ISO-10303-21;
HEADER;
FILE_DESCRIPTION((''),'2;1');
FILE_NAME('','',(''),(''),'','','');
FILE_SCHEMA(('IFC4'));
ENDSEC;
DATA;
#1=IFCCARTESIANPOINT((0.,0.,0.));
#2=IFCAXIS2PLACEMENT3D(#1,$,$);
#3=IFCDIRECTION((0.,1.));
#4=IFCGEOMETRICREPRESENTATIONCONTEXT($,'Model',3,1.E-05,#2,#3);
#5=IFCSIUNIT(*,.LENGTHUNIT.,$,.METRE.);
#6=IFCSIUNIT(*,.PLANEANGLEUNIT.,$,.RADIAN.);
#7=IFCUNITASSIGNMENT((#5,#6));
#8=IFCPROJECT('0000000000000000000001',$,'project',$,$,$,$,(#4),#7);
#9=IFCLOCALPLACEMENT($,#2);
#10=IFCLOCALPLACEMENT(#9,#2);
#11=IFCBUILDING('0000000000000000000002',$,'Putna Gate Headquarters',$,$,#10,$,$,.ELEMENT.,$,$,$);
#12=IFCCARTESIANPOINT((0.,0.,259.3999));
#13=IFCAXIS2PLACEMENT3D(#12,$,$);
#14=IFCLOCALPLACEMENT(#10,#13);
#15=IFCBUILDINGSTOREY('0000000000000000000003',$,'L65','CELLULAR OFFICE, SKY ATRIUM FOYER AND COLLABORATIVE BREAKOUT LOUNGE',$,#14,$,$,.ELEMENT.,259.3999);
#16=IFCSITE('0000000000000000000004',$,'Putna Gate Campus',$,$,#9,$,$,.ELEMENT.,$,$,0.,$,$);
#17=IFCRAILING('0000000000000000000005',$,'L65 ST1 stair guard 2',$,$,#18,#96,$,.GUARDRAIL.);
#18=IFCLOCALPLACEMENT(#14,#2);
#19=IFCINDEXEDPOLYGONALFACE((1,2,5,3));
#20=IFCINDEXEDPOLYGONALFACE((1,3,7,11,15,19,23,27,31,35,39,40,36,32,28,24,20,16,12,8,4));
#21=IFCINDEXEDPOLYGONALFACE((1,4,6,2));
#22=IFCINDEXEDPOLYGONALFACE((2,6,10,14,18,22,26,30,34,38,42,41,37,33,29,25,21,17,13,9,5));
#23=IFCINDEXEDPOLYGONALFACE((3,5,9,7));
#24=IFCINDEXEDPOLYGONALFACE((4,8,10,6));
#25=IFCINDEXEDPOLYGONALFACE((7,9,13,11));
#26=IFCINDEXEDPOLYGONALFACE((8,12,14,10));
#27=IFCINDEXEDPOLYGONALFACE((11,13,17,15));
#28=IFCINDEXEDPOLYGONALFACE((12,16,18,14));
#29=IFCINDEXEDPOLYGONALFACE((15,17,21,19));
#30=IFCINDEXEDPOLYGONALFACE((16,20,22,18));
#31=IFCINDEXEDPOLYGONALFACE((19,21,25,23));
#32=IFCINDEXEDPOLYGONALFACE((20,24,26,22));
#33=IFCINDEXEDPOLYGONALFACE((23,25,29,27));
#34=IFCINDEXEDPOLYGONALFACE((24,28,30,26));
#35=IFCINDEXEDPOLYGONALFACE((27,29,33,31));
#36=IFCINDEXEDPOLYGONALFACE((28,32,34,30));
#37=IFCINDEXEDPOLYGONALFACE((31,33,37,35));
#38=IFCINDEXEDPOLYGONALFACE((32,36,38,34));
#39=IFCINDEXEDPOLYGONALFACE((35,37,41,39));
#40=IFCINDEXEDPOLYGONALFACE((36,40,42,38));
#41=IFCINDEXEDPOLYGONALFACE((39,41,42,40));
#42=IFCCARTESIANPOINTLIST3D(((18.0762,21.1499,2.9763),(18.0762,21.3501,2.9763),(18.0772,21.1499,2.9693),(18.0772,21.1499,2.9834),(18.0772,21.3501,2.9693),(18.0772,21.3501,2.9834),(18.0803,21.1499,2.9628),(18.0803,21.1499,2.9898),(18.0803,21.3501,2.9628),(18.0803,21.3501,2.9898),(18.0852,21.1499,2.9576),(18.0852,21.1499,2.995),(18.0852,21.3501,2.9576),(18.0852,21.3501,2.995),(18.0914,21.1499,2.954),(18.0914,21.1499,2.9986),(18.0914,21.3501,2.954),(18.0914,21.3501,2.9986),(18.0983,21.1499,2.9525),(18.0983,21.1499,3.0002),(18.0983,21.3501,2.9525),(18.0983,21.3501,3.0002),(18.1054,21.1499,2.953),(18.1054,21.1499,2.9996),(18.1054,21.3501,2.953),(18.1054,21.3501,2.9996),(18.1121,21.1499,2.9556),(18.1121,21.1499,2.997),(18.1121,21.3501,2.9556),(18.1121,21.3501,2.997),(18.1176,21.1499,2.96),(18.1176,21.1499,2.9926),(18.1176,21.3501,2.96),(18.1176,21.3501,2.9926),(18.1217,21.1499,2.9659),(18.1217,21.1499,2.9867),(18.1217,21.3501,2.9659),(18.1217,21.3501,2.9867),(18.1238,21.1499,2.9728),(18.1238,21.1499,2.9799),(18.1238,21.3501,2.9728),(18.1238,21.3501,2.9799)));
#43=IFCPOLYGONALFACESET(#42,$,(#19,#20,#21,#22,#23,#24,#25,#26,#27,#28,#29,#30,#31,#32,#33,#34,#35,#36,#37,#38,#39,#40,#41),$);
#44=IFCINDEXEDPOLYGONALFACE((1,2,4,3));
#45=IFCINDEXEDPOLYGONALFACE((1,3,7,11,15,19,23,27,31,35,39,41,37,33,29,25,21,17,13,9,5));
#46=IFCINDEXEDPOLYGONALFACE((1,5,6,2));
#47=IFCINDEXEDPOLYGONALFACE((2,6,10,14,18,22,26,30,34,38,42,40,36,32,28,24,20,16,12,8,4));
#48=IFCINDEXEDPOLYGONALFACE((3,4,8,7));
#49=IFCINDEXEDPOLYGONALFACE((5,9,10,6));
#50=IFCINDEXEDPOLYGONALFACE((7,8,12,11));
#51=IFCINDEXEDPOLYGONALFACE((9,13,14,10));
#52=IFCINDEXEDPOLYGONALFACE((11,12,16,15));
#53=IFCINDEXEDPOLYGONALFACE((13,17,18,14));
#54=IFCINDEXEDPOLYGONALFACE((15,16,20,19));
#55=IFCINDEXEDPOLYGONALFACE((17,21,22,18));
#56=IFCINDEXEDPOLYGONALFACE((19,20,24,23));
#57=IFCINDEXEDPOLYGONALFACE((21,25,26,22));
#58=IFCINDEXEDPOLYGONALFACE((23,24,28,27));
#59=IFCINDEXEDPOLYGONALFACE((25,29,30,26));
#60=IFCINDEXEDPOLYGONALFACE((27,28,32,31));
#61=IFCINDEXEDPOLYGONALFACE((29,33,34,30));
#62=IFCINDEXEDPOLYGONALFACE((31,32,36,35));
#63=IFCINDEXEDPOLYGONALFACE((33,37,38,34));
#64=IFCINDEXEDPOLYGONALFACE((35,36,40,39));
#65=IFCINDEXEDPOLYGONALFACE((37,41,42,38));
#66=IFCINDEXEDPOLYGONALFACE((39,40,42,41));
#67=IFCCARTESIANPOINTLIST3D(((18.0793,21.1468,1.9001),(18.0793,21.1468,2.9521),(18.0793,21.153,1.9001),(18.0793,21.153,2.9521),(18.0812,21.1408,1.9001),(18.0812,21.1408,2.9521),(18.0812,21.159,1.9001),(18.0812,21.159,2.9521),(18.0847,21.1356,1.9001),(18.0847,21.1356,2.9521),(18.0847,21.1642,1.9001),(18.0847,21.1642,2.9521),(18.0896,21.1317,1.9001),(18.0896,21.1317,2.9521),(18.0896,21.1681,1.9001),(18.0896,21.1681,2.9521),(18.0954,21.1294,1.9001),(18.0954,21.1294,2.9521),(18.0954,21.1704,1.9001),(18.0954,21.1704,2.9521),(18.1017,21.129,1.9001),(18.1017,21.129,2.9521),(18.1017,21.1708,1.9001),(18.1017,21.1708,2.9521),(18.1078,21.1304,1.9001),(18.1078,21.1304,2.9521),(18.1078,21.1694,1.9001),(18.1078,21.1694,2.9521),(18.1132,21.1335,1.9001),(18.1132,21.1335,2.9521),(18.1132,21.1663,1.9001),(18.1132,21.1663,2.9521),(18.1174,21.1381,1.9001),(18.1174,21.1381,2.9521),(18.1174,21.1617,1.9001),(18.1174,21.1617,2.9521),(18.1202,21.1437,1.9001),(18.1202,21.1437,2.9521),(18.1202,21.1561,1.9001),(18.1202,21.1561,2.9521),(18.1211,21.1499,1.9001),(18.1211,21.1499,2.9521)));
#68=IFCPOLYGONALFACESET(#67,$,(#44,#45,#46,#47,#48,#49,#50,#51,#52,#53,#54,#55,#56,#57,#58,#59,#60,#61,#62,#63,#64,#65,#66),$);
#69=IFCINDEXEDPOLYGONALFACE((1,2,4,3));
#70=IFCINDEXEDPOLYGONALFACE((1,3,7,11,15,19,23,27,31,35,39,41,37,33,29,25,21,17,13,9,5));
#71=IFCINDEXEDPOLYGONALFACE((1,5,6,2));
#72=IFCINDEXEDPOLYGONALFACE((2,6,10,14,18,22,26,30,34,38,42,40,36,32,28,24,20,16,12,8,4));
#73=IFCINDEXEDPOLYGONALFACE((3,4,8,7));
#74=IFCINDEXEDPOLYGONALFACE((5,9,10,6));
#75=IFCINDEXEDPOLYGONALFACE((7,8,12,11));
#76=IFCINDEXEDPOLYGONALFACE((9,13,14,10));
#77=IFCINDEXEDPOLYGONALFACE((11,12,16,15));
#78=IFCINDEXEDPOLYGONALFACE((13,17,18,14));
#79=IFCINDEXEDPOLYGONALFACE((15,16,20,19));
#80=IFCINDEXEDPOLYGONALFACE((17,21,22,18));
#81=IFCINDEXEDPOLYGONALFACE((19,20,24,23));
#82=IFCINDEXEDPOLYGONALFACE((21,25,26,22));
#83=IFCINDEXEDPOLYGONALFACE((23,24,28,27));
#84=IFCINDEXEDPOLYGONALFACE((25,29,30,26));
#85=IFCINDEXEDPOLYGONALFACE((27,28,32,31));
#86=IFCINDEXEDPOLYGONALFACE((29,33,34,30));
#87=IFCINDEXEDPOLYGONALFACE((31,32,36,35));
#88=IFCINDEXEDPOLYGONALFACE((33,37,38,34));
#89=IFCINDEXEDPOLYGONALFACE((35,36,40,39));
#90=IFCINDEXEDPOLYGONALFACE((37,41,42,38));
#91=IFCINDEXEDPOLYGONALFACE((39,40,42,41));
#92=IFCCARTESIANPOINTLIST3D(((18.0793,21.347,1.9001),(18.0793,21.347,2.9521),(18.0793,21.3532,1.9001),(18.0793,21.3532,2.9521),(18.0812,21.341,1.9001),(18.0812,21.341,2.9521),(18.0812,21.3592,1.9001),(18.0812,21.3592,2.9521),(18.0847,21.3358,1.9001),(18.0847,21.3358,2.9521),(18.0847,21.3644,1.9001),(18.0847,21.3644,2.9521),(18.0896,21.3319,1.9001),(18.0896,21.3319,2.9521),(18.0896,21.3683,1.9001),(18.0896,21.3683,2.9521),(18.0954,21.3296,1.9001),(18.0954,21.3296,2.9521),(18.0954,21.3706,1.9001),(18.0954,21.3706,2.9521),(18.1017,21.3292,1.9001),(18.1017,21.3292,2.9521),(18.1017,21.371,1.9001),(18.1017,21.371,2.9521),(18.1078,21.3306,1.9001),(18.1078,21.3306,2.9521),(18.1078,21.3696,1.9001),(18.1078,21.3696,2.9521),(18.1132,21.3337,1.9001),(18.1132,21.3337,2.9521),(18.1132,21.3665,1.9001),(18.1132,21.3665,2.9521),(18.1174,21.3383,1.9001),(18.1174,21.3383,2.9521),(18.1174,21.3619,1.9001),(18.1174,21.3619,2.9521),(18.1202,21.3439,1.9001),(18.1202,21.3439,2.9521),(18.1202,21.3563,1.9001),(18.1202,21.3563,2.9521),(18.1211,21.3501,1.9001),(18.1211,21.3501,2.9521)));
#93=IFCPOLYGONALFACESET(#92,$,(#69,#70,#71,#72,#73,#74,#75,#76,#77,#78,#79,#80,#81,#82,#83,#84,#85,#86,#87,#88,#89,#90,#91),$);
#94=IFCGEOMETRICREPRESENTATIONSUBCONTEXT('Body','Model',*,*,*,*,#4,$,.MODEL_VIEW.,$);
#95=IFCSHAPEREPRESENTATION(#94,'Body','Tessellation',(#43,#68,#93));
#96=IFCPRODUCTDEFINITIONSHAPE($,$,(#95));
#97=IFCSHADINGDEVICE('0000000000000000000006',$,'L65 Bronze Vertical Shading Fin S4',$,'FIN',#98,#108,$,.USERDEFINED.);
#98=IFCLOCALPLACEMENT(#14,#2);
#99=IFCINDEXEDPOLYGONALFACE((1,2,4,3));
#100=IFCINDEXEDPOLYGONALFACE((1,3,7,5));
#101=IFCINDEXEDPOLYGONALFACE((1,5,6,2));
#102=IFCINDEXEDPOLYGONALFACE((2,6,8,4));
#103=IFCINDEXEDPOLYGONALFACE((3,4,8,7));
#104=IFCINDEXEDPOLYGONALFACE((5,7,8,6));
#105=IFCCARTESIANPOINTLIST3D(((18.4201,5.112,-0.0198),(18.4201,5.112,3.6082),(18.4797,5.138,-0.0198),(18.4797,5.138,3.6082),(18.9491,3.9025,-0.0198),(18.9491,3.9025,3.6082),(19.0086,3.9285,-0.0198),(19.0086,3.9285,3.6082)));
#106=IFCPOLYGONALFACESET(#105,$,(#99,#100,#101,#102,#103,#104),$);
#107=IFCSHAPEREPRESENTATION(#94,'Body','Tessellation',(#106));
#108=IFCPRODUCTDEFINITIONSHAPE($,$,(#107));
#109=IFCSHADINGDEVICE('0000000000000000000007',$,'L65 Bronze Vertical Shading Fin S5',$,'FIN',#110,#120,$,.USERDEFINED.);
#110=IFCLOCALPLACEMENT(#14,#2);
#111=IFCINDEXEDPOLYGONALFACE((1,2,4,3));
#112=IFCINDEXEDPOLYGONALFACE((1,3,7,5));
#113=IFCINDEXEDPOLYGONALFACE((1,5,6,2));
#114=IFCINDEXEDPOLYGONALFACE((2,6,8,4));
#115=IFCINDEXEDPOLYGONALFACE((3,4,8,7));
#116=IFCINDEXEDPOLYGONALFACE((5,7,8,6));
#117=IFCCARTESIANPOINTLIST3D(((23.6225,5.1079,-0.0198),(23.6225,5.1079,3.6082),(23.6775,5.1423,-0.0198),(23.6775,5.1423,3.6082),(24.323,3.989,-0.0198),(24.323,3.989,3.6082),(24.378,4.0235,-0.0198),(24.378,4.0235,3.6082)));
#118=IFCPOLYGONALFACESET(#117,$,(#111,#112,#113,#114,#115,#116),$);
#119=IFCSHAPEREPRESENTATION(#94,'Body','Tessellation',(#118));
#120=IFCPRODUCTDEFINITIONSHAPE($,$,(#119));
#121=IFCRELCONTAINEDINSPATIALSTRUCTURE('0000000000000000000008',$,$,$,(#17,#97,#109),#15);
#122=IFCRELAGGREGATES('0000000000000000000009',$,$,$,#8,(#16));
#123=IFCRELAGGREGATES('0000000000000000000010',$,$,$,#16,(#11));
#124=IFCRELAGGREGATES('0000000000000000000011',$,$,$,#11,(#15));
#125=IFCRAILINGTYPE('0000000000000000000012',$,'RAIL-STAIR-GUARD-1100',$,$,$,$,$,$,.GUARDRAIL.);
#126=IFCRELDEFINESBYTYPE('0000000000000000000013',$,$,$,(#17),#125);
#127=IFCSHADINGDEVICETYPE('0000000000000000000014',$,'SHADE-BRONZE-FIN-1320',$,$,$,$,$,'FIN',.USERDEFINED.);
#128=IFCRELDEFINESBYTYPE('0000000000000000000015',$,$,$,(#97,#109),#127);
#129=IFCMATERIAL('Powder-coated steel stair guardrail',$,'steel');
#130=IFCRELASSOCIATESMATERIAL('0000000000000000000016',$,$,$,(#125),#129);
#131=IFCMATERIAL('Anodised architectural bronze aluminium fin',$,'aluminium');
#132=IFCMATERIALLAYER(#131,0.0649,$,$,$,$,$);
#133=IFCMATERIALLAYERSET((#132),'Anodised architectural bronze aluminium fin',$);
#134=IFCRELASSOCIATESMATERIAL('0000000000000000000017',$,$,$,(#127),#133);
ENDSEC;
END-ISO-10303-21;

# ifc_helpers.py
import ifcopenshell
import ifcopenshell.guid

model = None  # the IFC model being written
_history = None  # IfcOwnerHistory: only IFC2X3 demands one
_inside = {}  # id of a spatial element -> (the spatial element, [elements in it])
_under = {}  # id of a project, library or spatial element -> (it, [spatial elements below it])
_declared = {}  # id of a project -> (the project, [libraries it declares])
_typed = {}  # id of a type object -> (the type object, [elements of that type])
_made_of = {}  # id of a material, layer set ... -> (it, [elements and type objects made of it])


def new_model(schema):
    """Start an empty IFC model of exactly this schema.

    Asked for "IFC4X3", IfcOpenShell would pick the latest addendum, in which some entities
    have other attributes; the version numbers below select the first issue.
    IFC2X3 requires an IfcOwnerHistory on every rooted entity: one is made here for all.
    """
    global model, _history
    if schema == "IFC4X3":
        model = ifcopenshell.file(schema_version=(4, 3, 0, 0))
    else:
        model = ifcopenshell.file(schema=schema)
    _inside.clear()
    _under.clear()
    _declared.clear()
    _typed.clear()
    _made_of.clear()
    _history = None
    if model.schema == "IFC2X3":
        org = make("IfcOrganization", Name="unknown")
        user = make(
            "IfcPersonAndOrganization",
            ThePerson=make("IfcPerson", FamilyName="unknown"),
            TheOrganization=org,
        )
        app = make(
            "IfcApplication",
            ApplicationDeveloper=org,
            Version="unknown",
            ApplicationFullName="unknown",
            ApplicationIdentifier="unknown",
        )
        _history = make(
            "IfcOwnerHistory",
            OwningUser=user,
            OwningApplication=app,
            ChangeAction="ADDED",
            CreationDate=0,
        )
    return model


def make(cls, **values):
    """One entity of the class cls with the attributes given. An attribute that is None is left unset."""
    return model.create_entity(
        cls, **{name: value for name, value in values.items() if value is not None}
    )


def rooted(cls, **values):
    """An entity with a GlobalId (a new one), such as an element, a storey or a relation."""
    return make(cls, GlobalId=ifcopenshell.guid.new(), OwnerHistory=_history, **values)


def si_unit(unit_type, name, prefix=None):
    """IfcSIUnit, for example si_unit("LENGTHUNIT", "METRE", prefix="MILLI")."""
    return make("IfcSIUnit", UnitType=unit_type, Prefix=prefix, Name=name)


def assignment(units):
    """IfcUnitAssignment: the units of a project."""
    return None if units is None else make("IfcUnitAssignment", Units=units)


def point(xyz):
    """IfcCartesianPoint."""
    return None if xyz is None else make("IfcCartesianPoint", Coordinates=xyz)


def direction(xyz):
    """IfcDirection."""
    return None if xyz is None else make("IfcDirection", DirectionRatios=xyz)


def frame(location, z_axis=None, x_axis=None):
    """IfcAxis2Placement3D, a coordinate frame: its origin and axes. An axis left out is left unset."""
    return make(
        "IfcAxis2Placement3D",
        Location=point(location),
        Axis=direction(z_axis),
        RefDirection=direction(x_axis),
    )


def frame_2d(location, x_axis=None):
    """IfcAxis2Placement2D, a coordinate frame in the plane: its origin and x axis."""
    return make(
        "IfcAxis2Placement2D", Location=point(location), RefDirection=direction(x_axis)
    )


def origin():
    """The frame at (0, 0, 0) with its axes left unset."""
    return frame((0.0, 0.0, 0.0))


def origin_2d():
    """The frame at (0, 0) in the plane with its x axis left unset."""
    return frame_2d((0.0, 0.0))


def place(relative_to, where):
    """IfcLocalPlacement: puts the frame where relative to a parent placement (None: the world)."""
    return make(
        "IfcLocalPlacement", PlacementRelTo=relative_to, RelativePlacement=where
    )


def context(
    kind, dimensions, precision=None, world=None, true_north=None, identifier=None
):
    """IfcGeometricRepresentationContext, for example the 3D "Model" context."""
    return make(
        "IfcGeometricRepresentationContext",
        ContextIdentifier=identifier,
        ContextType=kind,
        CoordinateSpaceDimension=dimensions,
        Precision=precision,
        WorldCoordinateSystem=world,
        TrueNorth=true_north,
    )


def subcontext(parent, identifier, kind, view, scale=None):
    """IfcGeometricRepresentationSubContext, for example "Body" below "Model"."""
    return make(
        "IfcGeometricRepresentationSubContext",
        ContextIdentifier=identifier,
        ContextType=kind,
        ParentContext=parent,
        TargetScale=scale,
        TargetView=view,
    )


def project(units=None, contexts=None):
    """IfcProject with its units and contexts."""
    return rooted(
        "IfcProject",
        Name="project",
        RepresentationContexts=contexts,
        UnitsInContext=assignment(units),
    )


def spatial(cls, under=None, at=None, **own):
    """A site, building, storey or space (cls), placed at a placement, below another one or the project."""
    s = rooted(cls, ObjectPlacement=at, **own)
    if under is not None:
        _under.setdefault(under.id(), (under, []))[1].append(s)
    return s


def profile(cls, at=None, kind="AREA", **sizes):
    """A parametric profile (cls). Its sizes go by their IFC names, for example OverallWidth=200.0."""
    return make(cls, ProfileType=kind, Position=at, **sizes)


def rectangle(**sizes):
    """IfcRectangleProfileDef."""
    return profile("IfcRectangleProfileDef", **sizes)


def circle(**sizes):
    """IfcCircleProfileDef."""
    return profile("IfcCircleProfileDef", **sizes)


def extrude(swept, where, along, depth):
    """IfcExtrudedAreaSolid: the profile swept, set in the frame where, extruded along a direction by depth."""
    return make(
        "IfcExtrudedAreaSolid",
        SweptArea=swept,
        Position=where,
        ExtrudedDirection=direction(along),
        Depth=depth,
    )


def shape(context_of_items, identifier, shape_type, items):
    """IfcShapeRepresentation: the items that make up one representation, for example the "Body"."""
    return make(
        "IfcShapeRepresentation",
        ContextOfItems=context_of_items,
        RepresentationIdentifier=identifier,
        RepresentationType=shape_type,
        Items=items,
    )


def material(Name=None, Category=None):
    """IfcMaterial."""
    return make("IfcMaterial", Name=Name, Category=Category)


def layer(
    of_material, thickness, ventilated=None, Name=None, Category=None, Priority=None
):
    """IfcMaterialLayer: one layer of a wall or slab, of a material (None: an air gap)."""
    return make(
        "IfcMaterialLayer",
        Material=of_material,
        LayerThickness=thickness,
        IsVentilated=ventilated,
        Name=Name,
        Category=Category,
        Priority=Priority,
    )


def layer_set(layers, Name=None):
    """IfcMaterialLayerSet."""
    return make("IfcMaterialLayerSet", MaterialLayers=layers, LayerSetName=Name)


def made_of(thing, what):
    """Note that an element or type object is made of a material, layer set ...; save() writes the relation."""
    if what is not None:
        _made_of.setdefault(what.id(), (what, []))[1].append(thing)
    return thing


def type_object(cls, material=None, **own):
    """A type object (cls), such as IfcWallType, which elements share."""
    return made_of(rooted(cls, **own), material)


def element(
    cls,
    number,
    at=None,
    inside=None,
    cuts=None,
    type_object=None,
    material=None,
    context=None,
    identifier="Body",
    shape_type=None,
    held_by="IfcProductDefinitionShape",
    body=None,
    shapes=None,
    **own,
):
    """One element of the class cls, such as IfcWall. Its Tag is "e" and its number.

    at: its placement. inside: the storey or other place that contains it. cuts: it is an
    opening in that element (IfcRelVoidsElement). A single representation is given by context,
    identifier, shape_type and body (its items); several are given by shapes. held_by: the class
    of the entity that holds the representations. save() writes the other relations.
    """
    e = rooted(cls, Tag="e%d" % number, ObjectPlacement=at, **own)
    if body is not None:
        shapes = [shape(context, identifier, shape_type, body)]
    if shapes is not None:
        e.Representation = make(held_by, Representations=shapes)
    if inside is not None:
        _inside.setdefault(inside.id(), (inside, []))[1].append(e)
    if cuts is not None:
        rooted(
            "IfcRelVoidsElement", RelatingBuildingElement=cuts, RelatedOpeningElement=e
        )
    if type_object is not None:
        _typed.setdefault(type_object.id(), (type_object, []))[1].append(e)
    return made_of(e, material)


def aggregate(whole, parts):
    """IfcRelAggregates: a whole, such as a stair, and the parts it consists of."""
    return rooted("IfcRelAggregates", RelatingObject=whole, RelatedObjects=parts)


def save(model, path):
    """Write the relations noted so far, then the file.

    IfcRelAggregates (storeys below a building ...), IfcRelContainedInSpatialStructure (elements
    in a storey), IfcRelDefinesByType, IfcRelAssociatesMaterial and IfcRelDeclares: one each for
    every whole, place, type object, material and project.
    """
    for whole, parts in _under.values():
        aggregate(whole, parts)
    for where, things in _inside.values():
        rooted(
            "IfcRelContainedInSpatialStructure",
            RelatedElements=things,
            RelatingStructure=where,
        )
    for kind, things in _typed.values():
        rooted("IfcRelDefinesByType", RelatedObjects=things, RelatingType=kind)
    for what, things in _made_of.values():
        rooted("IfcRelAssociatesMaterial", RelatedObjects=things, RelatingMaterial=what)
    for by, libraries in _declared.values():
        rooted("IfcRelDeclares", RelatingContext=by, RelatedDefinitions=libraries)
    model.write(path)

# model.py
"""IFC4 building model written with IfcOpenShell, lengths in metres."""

from ifc_helpers import new_model, si_unit, direction, frame, origin, origin_2d, place, context, subcontext, project, spatial, rectangle, circle, extrude, material, layer, layer_set, type_object, element, save


model = new_model("IFC4")

# Units and contexts
model_context = context("Model", 3, precision=1e-05, world=origin(), true_north=direction((0.0, 1.0)))
body_context = subcontext(model_context, "Body", "Model", "MODEL_VIEW")
ifc_project = project(units=[si_unit("LENGTHUNIT", "METRE"), si_unit("PLANEANGLEUNIT", "RADIAN")], contexts=[model_context])

# Site, building, storey
site_placement = place(None, origin())
site = spatial("IfcSite", under=ifc_project, at=site_placement, Name="Putna Gate Campus", CompositionType="ELEMENT", RefElevation=0.0)
building_placement = place(site_placement, origin())
building = spatial("IfcBuilding", under=site, at=building_placement, Name="Putna Gate Headquarters", CompositionType="ELEMENT")
storey_placement = place(building_placement, frame((0.0, 0.0, 259.3999)))
storey = spatial("IfcBuildingStorey", under=building, at=storey_placement, Name="L65", Description="CELLULAR OFFICE, SKY ATRIUM FOYER AND COLLABORATIVE BREAKOUT LOUNGE", CompositionType="ELEMENT", Elevation=259.3999)

# Railing
ifc_material_1 = material(Name="Powder-coated steel stair guardrail", Category="steel")
railing_type = type_object("IfcRailingType", Name="RAIL-STAIR-GUARD-1100", PredefinedType="GUARDRAIL", material=ifc_material_1)
railing_placement = place(storey_placement, frame((18.1001, 21.1499, 1.9001)))
element("IfcRailing", 1, at=railing_placement, inside=storey, type_object=railing_type, Name="L65 ST1 stair guard 2", PredefinedType="GUARDRAIL", context=body_context, shape_type="SweptSolid", body=[
    extrude(circle(Radius=0.0239, at=origin_2d()), frame((0.0, 0.0, 1.0762), z_axis=(0.0, 1.0, 0.0), x_axis=(-1.0, 0.0, 0.0)), (0.0, 0.0, 1.0), 0.2002),
    extrude(circle(Radius=0.021, at=origin_2d()), origin(), (0.0, 0.0, 1.0), 1.052),
    extrude(circle(Radius=0.021, at=origin_2d()), frame((0.0, 0.2002, 0.0)), (0.0, 0.0, 1.0), 1.052),
])

# Shading devices
ifc_material_2 = material(Name="Anodised architectural bronze aluminium fin", Category="aluminium")
ifc_layer_1 = layer(ifc_material_2, 0.0649)
ifc_layer_set_1 = layer_set([ifc_layer_1], Name="Anodised architectural bronze aluminium fin")
shading_device_type = type_object("IfcShadingDeviceType", Name="SHADE-BRONZE-FIN-1320", ElementType="FIN", PredefinedType="USERDEFINED", material=ifc_layer_set_1)
for number, where, z_axis, x_axis, name in (
    (2, (18.7144, 4.5203, -0.0198), (0.0, 0.0, 1.0), (0.400669, -0.916223, 0.0), "L65 Bronze Vertical Shading Fin S4"),
    (3, (24.0002, 4.5657, -0.0198), (0.0, 0.0, 1.0), (0.530659, -0.847585, 0.0), "L65 Bronze Vertical Shading Fin S5"),
):
    element("IfcShadingDevice", number, at=place(storey_placement, frame(where, z_axis=z_axis, x_axis=x_axis)), inside=storey, type_object=shading_device_type, Name=name, ObjectType="FIN", PredefinedType="USERDEFINED", context=body_context, shape_type="SweptSolid", body=[
        extrude(rectangle(XDim=1.3201, YDim=0.0649, at=origin_2d()), origin(), (0.0, 0.0, 1.0), 3.6279),
    ])

save(model, "model.ifc")
